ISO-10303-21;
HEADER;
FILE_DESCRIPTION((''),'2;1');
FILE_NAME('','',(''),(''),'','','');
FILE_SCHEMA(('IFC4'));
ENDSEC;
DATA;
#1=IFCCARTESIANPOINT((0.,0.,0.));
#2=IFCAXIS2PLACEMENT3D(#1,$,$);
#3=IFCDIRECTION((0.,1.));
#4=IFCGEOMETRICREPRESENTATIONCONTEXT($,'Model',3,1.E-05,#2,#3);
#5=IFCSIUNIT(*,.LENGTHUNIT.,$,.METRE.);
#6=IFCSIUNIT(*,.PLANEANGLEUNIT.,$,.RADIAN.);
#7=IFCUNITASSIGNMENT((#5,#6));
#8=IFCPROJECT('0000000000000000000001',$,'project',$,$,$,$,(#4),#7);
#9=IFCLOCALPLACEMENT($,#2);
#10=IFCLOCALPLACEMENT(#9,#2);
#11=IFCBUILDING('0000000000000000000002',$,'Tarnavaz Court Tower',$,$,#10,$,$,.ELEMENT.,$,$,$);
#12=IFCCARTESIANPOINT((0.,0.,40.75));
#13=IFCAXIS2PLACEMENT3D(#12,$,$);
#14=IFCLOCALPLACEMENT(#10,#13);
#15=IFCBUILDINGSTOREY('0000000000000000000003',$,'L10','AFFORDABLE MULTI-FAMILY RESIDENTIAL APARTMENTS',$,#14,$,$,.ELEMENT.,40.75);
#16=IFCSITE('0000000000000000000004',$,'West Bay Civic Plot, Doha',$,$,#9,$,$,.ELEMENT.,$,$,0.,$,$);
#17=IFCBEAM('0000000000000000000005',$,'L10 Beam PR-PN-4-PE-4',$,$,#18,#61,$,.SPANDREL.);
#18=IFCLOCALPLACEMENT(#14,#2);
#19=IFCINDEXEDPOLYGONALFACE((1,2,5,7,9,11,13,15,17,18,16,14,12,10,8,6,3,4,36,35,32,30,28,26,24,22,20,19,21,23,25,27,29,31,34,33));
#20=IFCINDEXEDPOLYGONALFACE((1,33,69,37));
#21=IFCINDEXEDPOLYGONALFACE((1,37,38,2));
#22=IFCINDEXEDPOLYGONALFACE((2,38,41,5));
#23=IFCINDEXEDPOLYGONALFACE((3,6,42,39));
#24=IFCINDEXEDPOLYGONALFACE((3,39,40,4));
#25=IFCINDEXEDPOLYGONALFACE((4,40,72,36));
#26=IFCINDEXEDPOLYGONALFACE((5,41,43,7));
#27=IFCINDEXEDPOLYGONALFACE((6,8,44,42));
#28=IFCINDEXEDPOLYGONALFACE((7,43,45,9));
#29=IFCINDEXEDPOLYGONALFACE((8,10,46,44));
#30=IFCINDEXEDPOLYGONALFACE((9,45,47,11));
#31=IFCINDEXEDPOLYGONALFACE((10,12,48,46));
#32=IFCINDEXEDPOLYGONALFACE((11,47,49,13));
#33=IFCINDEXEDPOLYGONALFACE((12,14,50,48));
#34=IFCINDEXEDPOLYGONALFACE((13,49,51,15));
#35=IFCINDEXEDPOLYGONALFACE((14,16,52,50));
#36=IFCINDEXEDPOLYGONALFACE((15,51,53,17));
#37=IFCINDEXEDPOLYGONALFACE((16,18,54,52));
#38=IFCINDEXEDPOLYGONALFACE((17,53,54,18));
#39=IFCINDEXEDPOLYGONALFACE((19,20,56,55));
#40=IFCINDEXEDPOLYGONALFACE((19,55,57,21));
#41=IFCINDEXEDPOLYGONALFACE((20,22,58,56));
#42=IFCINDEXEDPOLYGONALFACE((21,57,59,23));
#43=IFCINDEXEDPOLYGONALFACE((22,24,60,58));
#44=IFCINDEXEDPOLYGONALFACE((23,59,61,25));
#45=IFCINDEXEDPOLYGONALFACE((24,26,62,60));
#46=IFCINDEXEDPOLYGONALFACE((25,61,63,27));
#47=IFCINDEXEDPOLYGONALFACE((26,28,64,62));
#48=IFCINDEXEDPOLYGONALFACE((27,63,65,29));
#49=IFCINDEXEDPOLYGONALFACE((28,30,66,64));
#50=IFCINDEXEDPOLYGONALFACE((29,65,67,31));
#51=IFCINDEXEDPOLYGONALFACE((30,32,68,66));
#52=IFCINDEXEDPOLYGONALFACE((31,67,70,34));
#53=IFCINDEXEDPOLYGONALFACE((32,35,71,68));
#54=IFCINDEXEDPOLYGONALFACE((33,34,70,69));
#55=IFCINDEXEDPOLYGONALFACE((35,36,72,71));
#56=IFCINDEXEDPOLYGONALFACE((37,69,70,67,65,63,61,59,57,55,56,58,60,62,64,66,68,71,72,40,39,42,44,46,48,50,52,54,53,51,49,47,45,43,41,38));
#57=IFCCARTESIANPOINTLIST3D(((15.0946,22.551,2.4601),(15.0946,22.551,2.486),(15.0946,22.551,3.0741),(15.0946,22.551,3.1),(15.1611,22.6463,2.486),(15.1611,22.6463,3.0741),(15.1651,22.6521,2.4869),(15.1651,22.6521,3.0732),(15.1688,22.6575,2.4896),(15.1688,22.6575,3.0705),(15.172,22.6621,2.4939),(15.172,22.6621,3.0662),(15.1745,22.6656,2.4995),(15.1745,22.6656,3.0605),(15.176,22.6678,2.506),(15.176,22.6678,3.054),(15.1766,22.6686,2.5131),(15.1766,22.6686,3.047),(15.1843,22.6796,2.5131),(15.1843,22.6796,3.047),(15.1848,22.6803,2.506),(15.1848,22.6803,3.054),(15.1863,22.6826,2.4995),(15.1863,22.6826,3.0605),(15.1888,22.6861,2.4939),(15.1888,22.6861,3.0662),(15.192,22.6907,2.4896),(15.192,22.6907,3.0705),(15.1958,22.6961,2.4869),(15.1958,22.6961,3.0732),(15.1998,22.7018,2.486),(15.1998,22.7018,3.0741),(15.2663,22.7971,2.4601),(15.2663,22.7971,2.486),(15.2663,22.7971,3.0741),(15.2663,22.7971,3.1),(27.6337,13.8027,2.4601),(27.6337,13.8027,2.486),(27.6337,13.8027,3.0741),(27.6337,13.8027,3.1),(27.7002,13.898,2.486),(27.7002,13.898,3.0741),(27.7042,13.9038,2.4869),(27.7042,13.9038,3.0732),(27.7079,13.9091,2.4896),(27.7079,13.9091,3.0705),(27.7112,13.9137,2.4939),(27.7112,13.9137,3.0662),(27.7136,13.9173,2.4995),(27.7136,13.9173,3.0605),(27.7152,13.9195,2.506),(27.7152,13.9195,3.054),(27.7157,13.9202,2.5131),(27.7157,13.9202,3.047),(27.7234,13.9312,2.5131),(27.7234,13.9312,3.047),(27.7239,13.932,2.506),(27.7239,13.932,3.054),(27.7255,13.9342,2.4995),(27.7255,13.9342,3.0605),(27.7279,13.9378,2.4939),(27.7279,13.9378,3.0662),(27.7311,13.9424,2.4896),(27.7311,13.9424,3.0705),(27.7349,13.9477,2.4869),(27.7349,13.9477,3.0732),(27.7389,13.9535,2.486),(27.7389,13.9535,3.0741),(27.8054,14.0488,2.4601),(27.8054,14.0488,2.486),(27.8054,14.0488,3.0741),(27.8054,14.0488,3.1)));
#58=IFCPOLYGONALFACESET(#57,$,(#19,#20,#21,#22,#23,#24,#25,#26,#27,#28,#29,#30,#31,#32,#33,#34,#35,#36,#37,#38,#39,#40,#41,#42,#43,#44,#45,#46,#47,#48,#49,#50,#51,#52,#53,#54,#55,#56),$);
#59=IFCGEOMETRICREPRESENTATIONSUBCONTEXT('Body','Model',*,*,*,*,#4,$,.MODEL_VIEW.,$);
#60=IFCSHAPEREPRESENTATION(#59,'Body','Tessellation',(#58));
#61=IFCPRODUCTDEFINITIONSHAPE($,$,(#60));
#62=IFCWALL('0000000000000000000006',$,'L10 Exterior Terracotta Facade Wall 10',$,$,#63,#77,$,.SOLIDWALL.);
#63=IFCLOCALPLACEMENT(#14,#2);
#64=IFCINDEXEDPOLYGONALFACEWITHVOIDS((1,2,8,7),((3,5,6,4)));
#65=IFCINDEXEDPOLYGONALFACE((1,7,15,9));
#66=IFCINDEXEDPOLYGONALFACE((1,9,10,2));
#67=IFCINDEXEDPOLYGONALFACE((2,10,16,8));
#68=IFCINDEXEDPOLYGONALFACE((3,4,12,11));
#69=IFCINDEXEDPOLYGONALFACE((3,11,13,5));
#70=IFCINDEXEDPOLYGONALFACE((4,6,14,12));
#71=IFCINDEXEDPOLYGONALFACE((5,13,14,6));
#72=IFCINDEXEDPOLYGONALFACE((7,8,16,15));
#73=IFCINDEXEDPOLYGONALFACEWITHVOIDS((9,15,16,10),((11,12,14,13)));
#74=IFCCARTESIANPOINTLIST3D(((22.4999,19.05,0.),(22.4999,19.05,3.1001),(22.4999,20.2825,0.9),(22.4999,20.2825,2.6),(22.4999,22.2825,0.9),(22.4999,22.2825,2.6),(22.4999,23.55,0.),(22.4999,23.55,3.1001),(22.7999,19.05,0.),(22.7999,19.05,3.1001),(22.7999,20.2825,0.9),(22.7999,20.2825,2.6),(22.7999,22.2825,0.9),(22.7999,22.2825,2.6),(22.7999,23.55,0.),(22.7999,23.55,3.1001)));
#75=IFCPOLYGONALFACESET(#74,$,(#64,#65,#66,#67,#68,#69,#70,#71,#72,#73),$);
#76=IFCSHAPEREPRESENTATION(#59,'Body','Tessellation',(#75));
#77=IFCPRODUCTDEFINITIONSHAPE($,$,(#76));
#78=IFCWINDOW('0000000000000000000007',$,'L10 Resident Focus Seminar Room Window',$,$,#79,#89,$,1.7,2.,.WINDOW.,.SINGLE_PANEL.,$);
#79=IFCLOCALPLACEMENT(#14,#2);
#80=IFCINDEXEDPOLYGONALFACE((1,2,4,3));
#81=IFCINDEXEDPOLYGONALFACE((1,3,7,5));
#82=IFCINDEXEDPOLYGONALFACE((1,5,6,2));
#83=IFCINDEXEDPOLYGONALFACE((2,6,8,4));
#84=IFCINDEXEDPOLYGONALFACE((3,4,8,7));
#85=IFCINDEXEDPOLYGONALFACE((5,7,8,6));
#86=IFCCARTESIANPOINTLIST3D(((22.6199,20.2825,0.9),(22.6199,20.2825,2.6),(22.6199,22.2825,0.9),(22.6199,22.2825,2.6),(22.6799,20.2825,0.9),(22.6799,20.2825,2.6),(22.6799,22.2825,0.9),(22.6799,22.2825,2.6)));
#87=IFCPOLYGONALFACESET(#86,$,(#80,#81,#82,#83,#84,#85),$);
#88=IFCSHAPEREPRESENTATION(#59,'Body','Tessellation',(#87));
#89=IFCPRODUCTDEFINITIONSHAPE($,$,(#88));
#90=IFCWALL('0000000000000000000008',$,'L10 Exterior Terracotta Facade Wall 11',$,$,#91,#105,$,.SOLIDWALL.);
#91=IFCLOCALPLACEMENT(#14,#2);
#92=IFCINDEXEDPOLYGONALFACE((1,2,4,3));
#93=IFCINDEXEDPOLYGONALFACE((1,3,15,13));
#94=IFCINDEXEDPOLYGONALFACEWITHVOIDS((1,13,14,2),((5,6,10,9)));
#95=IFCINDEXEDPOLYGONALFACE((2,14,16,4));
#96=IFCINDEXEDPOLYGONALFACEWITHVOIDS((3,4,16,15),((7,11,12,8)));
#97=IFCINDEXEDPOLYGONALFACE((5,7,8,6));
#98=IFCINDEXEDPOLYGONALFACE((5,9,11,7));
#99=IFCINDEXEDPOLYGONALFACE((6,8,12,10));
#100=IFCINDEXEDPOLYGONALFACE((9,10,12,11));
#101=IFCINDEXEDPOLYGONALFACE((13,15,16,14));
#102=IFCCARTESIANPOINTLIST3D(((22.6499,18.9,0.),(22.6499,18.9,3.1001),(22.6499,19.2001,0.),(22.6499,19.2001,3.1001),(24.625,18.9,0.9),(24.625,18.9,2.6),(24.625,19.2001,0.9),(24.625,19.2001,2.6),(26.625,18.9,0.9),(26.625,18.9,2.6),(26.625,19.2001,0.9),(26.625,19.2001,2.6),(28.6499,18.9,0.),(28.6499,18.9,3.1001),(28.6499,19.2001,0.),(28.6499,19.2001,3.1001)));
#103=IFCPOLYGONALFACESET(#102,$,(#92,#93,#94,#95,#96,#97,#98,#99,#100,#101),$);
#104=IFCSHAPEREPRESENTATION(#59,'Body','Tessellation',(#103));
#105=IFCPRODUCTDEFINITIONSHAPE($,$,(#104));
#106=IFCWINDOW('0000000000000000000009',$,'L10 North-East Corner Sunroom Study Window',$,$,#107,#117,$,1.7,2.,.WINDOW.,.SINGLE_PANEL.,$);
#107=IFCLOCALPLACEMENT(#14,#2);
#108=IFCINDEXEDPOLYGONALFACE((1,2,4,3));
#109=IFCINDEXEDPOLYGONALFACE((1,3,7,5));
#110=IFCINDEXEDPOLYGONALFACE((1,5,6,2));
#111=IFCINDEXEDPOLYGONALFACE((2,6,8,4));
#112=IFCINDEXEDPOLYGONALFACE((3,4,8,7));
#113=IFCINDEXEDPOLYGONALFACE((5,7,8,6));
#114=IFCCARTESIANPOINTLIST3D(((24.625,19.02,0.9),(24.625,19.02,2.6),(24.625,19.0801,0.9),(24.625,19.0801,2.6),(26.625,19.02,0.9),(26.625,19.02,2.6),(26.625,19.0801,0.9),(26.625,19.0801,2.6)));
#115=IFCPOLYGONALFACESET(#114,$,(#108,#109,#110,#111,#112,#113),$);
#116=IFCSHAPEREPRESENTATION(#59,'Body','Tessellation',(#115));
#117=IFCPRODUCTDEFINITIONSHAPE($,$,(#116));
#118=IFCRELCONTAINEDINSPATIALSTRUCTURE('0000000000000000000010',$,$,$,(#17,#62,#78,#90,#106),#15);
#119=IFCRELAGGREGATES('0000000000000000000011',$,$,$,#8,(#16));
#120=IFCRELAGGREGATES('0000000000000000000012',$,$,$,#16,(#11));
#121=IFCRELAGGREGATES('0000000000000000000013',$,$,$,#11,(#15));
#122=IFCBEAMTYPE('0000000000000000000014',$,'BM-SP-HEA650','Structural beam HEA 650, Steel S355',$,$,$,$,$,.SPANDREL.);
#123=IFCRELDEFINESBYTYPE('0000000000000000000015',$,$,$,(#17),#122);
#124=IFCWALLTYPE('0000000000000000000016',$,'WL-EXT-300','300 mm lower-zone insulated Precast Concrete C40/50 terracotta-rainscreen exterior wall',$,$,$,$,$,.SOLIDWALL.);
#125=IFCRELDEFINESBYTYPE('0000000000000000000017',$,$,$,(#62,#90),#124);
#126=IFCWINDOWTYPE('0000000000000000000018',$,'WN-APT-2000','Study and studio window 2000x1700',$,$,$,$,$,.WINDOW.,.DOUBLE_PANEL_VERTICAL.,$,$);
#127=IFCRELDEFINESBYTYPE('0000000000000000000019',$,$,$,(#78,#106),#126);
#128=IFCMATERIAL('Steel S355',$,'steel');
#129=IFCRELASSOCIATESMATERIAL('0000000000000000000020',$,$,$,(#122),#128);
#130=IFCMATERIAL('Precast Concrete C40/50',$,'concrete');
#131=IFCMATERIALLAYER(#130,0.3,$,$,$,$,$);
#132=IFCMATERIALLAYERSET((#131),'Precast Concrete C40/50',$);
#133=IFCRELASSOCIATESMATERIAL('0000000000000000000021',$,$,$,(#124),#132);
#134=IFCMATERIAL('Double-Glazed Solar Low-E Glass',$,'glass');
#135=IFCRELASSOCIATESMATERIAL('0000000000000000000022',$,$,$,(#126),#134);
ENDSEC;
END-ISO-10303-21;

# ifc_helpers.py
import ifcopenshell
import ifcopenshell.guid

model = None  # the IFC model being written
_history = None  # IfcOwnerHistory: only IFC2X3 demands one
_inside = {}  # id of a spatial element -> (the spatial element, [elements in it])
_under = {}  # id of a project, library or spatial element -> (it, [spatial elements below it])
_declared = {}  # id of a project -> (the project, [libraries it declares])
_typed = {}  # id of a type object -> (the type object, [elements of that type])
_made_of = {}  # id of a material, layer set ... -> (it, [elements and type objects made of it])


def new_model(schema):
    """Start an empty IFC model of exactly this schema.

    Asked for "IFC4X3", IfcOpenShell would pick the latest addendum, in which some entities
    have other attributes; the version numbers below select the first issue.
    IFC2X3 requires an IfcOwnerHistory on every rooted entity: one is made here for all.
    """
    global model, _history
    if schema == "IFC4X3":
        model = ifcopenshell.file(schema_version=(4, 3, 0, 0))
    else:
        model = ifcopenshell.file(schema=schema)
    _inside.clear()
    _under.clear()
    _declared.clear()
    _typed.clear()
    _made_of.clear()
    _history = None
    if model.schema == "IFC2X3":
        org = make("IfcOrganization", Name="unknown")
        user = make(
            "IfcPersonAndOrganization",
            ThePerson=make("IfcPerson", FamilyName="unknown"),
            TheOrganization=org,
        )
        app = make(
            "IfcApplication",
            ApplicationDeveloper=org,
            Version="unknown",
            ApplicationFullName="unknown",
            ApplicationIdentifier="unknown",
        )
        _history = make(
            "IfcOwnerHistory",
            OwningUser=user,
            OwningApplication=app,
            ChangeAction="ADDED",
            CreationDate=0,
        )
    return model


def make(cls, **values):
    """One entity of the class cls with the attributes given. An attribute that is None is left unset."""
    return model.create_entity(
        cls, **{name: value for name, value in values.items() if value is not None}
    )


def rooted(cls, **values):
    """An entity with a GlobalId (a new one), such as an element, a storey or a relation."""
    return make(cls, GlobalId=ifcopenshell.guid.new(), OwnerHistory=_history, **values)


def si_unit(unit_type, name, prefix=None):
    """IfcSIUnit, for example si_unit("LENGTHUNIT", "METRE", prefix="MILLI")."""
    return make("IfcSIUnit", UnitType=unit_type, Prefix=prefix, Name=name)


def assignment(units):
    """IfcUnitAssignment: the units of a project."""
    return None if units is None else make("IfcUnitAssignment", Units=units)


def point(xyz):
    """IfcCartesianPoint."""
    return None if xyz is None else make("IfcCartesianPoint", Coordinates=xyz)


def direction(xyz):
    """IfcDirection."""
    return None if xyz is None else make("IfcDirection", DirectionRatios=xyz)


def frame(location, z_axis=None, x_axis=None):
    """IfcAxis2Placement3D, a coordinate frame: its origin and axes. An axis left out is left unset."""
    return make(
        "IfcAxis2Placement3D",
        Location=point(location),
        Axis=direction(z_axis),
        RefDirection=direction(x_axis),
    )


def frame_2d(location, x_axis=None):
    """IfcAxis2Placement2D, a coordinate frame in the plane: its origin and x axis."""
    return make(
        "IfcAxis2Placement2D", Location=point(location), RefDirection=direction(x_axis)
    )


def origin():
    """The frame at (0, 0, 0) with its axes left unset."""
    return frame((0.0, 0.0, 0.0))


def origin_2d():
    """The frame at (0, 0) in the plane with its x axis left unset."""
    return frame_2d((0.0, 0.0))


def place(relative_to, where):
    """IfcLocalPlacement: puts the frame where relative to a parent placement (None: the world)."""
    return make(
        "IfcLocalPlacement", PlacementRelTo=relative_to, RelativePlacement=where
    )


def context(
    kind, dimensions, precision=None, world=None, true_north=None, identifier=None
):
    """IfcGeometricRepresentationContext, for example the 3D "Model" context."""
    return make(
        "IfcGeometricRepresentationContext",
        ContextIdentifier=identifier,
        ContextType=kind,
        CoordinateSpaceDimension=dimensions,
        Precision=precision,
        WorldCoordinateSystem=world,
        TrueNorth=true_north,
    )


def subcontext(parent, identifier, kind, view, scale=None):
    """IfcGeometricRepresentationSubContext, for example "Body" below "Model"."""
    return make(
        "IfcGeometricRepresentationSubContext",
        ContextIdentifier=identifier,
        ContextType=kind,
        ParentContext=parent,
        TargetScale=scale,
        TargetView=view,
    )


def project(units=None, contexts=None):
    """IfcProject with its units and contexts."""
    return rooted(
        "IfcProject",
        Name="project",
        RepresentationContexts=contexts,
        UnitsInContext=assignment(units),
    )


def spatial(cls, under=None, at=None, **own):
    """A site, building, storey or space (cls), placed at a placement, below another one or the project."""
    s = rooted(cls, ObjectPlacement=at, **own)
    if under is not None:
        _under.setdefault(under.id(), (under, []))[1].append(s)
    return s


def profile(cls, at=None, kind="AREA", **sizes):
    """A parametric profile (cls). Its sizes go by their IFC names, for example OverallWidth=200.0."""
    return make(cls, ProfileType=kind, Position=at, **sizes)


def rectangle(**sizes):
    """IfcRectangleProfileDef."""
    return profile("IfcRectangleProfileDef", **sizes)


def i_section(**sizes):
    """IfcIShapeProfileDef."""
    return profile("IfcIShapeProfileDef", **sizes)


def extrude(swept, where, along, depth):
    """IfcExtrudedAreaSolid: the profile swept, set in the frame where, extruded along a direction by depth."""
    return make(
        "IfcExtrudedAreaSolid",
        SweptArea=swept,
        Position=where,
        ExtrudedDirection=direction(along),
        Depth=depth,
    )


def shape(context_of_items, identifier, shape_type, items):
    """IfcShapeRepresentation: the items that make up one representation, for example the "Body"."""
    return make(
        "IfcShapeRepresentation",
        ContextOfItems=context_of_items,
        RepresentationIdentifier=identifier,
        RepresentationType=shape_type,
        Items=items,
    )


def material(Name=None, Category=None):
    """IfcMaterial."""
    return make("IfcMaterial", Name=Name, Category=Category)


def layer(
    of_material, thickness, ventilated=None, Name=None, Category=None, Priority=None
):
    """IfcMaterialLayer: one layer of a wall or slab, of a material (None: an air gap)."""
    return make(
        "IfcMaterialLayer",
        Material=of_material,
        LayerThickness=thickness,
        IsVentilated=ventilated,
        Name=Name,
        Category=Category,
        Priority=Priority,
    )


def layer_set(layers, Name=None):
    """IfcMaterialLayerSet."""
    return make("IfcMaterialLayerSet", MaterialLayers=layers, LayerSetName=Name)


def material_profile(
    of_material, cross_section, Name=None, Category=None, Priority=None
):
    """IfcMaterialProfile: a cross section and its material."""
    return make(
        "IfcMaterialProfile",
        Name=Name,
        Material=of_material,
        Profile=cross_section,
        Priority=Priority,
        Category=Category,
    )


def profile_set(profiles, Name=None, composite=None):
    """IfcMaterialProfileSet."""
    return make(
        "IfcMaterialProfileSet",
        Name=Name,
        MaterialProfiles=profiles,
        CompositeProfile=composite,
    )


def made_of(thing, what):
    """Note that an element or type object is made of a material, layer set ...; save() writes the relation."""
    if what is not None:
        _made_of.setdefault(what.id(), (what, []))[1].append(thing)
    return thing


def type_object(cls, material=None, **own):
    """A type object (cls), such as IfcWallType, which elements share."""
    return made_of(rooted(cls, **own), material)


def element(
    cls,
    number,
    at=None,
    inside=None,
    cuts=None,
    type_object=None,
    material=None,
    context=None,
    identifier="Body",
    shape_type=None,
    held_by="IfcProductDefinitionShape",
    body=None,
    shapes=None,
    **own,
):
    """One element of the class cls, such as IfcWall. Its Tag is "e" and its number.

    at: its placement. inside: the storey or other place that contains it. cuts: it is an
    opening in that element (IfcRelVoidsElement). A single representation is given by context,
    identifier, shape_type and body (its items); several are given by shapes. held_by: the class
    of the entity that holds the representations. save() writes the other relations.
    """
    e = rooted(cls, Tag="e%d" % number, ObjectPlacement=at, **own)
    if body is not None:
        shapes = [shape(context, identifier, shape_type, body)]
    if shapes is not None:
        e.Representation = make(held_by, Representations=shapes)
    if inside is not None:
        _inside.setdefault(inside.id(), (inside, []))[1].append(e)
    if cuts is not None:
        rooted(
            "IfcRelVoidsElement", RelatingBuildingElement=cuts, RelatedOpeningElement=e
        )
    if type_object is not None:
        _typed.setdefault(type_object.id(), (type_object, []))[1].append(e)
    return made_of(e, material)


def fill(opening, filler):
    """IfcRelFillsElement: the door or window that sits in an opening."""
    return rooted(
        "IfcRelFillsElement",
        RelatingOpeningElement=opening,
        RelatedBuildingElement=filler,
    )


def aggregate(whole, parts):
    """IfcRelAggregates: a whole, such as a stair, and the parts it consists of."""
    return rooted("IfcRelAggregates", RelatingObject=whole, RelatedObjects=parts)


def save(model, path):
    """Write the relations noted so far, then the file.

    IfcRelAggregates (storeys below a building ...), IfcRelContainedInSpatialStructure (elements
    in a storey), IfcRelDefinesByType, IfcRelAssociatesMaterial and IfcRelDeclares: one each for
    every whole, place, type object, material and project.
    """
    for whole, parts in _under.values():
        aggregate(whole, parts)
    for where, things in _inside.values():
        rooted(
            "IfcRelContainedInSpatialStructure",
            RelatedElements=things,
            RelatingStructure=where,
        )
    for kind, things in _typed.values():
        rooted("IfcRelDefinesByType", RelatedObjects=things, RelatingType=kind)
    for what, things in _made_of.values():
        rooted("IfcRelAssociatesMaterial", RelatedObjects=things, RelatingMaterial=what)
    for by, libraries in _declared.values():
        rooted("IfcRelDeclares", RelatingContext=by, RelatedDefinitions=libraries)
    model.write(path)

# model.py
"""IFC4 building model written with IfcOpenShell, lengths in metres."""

from ifc_helpers import new_model, si_unit, direction, frame, frame_2d, origin, origin_2d, place, context, subcontext, project, spatial, rectangle, i_section, extrude, material, layer, layer_set, material_profile, profile_set, type_object, element, fill, save


model = new_model("IFC4")

# Units and contexts
model_context = context("Model", 3, precision=1e-05, world=origin(), true_north=direction((0.0, 1.0)))
body_context = subcontext(model_context, "Body", "Model", "MODEL_VIEW")
ifc_project = project(units=[si_unit("LENGTHUNIT", "METRE"), si_unit("PLANEANGLEUNIT", "RADIAN")], contexts=[model_context])

# Site, building, storey
site_placement = place(None, origin())
site = spatial("IfcSite", under=ifc_project, at=site_placement, Name="West Bay Civic Plot, Doha", CompositionType="ELEMENT", RefElevation=0.0)
building_placement = place(site_placement, origin())
building = spatial("IfcBuilding", under=site, at=building_placement, Name="Tarnavaz Court Tower", CompositionType="ELEMENT")
storey_placement = place(building_placement, frame((0.0, 0.0, 40.75)))
storey = spatial("IfcBuildingStorey", under=building, at=storey_placement, Name="L10", Description="AFFORDABLE MULTI-FAMILY RESIDENTIAL APARTMENTS", CompositionType="ELEMENT", Elevation=40.75)

# Beam
ifc_material_1 = material(Name="Steel S355", Category="steel")
ifc_material_profile_1 = material_profile(ifc_material_1, i_section(OverallWidth=0.3, OverallDepth=0.6399, WebThickness=0.0134, FlangeThickness=0.0259, FilletRadius=0.0271, at=origin_2d()), Name="HEA 650")
ifc_profile_set_1 = profile_set([ifc_material_profile_1], Name="Steel S355")
beam_type_1 = type_object("IfcBeamType", Name="BM-SP-HEA650", Description="Structural beam HEA 650, Steel S355", PredefinedType="SPANDREL", material=ifc_profile_set_1)
beam_1_placement = place(storey_placement, frame((15.1804, 22.6741, 2.78), z_axis=(0.820124, -0.572186, 0.0), x_axis=(0.572186, 0.820124, 0.0)))
element("IfcBeam", 1, at=beam_1_placement, inside=storey, type_object=beam_type_1, Name="L10 Beam PR-PN-4-PE-4", PredefinedType="SPANDREL", context=body_context, shape_type="SweptSolid", body=[
    extrude(i_section(OverallWidth=0.3, OverallDepth=0.6399, WebThickness=0.0134, FlangeThickness=0.0259, FilletRadius=0.0271, at=origin_2d()), origin(), (0.0, 0.0, 1.0), 15.2893),
])

# Walls, openings, windows
ifc_material_2 = material(Name="Precast Concrete C40/50", Category="concrete")
ifc_layer_1 = layer(ifc_material_2, 0.3)
ifc_layer_set_1 = layer_set([ifc_layer_1], Name="Precast Concrete C40/50")
wall_type_1 = type_object("IfcWallType", Name="WL-EXT-300", Description="300 mm lower-zone insulated Precast Concrete C40/50 terracotta-rainscreen exterior wall", PredefinedType="SOLIDWALL", material=ifc_layer_set_1)
wall_1_placement = place(storey_placement, frame((22.6499, 23.55, 0.0), z_axis=(0.0, 0.0, 1.0), x_axis=(0.0, -1.0, 0.0)))
wall_1 = element("IfcWall", 2, at=wall_1_placement, inside=storey, type_object=wall_type_1, Name="L10 Exterior Terracotta Facade Wall 10", PredefinedType="SOLIDWALL", context=body_context, shape_type="SweptSolid", body=[
    extrude(rectangle(XDim=4.5, YDim=0.3, at=frame_2d((2.25, 0.0))), origin(), (0.0, 0.0, 1.0), 3.1001),
])
opening_1_placement = place(wall_1_placement, frame((1.2676, 0.0, 0.8999)))
opening_1 = element("IfcOpeningElement", 3, at=opening_1_placement, cuts=wall_1, PredefinedType="OPENING", context=body_context, shape_type="SweptSolid", body=[
    extrude(rectangle(XDim=2.0, YDim=1.7, at=frame_2d((1.0, 0.8501))), frame((0.0, 0.1599, 0.0), z_axis=(0.0, -1.0, 0.0), x_axis=(1.0, 0.0, 0.0)), (0.0, 0.0, 1.0), 0.3201),
])
ifc_material_3 = material(Name="Double-Glazed Solar Low-E Glass", Category="glass")
window_type_1 = type_object("IfcWindowType", Name="WN-APT-2000", Description="Study and studio window 2000x1700", PartitioningType="DOUBLE_PANEL_VERTICAL", PredefinedType="WINDOW", material=ifc_material_3)
window_1_placement = place(opening_1_placement, origin())
window_1 = element("IfcWindow", 4, at=window_1_placement, inside=storey, type_object=window_type_1, Name="L10 Resident Focus Seminar Room Window", OverallHeight=1.7, OverallWidth=2.0, PartitioningType="SINGLE_PANEL", PredefinedType="WINDOW", context=body_context, shape_type="SweptSolid", body=[
    extrude(rectangle(XDim=2.0, YDim=1.7, at=frame_2d((1.0, 0.8501))), frame((0.0, 0.03, 0.0), z_axis=(0.0, -1.0, 0.0), x_axis=(1.0, 0.0, 0.0)), (0.0, 0.0, 1.0), 0.0601),
])
fill(opening_1, window_1)
wall_2_placement = place(storey_placement, frame((22.6499, 19.05, 0.0), z_axis=(0.0, 0.0, 1.0), x_axis=(1.0, 0.0, 0.0)))
wall_2 = element("IfcWall", 5, at=wall_2_placement, inside=storey, type_object=wall_type_1, Name="L10 Exterior Terracotta Facade Wall 11", PredefinedType="SOLIDWALL", context=body_context, shape_type="SweptSolid", body=[
    extrude(rectangle(XDim=6.0, YDim=0.3, at=frame_2d((3.0, 0.0))), origin(), (0.0, 0.0, 1.0), 3.1001),
])
opening_2_placement = place(wall_2_placement, frame((1.9751, 0.0, 0.8999)))
opening_2 = element("IfcOpeningElement", 6, at=opening_2_placement, cuts=wall_2, PredefinedType="OPENING", context=body_context, shape_type="SweptSolid", body=[
    extrude(rectangle(XDim=2.0, YDim=1.7, at=frame_2d((1.0, 0.8501))), frame((0.0, 0.1599, 0.0), z_axis=(0.0, -1.0, 0.0), x_axis=(1.0, 0.0, 0.0)), (0.0, 0.0, 1.0), 0.3201),
])
window_2_placement = place(opening_2_placement, origin())
window_2 = element("IfcWindow", 7, at=window_2_placement, inside=storey, type_object=window_type_1, Name="L10 North-East Corner Sunroom Study Window", OverallHeight=1.7, OverallWidth=2.0, PartitioningType="SINGLE_PANEL", PredefinedType="WINDOW", context=body_context, shape_type="SweptSolid", body=[
    extrude(rectangle(XDim=2.0, YDim=1.7, at=frame_2d((1.0, 0.8501))), frame((0.0, 0.03, 0.0), z_axis=(0.0, -1.0, 0.0), x_axis=(1.0, 0.0, 0.0)), (0.0, 0.0, 1.0), 0.0601),
])
fill(opening_2, window_2)

save(model, "model.ifc")
